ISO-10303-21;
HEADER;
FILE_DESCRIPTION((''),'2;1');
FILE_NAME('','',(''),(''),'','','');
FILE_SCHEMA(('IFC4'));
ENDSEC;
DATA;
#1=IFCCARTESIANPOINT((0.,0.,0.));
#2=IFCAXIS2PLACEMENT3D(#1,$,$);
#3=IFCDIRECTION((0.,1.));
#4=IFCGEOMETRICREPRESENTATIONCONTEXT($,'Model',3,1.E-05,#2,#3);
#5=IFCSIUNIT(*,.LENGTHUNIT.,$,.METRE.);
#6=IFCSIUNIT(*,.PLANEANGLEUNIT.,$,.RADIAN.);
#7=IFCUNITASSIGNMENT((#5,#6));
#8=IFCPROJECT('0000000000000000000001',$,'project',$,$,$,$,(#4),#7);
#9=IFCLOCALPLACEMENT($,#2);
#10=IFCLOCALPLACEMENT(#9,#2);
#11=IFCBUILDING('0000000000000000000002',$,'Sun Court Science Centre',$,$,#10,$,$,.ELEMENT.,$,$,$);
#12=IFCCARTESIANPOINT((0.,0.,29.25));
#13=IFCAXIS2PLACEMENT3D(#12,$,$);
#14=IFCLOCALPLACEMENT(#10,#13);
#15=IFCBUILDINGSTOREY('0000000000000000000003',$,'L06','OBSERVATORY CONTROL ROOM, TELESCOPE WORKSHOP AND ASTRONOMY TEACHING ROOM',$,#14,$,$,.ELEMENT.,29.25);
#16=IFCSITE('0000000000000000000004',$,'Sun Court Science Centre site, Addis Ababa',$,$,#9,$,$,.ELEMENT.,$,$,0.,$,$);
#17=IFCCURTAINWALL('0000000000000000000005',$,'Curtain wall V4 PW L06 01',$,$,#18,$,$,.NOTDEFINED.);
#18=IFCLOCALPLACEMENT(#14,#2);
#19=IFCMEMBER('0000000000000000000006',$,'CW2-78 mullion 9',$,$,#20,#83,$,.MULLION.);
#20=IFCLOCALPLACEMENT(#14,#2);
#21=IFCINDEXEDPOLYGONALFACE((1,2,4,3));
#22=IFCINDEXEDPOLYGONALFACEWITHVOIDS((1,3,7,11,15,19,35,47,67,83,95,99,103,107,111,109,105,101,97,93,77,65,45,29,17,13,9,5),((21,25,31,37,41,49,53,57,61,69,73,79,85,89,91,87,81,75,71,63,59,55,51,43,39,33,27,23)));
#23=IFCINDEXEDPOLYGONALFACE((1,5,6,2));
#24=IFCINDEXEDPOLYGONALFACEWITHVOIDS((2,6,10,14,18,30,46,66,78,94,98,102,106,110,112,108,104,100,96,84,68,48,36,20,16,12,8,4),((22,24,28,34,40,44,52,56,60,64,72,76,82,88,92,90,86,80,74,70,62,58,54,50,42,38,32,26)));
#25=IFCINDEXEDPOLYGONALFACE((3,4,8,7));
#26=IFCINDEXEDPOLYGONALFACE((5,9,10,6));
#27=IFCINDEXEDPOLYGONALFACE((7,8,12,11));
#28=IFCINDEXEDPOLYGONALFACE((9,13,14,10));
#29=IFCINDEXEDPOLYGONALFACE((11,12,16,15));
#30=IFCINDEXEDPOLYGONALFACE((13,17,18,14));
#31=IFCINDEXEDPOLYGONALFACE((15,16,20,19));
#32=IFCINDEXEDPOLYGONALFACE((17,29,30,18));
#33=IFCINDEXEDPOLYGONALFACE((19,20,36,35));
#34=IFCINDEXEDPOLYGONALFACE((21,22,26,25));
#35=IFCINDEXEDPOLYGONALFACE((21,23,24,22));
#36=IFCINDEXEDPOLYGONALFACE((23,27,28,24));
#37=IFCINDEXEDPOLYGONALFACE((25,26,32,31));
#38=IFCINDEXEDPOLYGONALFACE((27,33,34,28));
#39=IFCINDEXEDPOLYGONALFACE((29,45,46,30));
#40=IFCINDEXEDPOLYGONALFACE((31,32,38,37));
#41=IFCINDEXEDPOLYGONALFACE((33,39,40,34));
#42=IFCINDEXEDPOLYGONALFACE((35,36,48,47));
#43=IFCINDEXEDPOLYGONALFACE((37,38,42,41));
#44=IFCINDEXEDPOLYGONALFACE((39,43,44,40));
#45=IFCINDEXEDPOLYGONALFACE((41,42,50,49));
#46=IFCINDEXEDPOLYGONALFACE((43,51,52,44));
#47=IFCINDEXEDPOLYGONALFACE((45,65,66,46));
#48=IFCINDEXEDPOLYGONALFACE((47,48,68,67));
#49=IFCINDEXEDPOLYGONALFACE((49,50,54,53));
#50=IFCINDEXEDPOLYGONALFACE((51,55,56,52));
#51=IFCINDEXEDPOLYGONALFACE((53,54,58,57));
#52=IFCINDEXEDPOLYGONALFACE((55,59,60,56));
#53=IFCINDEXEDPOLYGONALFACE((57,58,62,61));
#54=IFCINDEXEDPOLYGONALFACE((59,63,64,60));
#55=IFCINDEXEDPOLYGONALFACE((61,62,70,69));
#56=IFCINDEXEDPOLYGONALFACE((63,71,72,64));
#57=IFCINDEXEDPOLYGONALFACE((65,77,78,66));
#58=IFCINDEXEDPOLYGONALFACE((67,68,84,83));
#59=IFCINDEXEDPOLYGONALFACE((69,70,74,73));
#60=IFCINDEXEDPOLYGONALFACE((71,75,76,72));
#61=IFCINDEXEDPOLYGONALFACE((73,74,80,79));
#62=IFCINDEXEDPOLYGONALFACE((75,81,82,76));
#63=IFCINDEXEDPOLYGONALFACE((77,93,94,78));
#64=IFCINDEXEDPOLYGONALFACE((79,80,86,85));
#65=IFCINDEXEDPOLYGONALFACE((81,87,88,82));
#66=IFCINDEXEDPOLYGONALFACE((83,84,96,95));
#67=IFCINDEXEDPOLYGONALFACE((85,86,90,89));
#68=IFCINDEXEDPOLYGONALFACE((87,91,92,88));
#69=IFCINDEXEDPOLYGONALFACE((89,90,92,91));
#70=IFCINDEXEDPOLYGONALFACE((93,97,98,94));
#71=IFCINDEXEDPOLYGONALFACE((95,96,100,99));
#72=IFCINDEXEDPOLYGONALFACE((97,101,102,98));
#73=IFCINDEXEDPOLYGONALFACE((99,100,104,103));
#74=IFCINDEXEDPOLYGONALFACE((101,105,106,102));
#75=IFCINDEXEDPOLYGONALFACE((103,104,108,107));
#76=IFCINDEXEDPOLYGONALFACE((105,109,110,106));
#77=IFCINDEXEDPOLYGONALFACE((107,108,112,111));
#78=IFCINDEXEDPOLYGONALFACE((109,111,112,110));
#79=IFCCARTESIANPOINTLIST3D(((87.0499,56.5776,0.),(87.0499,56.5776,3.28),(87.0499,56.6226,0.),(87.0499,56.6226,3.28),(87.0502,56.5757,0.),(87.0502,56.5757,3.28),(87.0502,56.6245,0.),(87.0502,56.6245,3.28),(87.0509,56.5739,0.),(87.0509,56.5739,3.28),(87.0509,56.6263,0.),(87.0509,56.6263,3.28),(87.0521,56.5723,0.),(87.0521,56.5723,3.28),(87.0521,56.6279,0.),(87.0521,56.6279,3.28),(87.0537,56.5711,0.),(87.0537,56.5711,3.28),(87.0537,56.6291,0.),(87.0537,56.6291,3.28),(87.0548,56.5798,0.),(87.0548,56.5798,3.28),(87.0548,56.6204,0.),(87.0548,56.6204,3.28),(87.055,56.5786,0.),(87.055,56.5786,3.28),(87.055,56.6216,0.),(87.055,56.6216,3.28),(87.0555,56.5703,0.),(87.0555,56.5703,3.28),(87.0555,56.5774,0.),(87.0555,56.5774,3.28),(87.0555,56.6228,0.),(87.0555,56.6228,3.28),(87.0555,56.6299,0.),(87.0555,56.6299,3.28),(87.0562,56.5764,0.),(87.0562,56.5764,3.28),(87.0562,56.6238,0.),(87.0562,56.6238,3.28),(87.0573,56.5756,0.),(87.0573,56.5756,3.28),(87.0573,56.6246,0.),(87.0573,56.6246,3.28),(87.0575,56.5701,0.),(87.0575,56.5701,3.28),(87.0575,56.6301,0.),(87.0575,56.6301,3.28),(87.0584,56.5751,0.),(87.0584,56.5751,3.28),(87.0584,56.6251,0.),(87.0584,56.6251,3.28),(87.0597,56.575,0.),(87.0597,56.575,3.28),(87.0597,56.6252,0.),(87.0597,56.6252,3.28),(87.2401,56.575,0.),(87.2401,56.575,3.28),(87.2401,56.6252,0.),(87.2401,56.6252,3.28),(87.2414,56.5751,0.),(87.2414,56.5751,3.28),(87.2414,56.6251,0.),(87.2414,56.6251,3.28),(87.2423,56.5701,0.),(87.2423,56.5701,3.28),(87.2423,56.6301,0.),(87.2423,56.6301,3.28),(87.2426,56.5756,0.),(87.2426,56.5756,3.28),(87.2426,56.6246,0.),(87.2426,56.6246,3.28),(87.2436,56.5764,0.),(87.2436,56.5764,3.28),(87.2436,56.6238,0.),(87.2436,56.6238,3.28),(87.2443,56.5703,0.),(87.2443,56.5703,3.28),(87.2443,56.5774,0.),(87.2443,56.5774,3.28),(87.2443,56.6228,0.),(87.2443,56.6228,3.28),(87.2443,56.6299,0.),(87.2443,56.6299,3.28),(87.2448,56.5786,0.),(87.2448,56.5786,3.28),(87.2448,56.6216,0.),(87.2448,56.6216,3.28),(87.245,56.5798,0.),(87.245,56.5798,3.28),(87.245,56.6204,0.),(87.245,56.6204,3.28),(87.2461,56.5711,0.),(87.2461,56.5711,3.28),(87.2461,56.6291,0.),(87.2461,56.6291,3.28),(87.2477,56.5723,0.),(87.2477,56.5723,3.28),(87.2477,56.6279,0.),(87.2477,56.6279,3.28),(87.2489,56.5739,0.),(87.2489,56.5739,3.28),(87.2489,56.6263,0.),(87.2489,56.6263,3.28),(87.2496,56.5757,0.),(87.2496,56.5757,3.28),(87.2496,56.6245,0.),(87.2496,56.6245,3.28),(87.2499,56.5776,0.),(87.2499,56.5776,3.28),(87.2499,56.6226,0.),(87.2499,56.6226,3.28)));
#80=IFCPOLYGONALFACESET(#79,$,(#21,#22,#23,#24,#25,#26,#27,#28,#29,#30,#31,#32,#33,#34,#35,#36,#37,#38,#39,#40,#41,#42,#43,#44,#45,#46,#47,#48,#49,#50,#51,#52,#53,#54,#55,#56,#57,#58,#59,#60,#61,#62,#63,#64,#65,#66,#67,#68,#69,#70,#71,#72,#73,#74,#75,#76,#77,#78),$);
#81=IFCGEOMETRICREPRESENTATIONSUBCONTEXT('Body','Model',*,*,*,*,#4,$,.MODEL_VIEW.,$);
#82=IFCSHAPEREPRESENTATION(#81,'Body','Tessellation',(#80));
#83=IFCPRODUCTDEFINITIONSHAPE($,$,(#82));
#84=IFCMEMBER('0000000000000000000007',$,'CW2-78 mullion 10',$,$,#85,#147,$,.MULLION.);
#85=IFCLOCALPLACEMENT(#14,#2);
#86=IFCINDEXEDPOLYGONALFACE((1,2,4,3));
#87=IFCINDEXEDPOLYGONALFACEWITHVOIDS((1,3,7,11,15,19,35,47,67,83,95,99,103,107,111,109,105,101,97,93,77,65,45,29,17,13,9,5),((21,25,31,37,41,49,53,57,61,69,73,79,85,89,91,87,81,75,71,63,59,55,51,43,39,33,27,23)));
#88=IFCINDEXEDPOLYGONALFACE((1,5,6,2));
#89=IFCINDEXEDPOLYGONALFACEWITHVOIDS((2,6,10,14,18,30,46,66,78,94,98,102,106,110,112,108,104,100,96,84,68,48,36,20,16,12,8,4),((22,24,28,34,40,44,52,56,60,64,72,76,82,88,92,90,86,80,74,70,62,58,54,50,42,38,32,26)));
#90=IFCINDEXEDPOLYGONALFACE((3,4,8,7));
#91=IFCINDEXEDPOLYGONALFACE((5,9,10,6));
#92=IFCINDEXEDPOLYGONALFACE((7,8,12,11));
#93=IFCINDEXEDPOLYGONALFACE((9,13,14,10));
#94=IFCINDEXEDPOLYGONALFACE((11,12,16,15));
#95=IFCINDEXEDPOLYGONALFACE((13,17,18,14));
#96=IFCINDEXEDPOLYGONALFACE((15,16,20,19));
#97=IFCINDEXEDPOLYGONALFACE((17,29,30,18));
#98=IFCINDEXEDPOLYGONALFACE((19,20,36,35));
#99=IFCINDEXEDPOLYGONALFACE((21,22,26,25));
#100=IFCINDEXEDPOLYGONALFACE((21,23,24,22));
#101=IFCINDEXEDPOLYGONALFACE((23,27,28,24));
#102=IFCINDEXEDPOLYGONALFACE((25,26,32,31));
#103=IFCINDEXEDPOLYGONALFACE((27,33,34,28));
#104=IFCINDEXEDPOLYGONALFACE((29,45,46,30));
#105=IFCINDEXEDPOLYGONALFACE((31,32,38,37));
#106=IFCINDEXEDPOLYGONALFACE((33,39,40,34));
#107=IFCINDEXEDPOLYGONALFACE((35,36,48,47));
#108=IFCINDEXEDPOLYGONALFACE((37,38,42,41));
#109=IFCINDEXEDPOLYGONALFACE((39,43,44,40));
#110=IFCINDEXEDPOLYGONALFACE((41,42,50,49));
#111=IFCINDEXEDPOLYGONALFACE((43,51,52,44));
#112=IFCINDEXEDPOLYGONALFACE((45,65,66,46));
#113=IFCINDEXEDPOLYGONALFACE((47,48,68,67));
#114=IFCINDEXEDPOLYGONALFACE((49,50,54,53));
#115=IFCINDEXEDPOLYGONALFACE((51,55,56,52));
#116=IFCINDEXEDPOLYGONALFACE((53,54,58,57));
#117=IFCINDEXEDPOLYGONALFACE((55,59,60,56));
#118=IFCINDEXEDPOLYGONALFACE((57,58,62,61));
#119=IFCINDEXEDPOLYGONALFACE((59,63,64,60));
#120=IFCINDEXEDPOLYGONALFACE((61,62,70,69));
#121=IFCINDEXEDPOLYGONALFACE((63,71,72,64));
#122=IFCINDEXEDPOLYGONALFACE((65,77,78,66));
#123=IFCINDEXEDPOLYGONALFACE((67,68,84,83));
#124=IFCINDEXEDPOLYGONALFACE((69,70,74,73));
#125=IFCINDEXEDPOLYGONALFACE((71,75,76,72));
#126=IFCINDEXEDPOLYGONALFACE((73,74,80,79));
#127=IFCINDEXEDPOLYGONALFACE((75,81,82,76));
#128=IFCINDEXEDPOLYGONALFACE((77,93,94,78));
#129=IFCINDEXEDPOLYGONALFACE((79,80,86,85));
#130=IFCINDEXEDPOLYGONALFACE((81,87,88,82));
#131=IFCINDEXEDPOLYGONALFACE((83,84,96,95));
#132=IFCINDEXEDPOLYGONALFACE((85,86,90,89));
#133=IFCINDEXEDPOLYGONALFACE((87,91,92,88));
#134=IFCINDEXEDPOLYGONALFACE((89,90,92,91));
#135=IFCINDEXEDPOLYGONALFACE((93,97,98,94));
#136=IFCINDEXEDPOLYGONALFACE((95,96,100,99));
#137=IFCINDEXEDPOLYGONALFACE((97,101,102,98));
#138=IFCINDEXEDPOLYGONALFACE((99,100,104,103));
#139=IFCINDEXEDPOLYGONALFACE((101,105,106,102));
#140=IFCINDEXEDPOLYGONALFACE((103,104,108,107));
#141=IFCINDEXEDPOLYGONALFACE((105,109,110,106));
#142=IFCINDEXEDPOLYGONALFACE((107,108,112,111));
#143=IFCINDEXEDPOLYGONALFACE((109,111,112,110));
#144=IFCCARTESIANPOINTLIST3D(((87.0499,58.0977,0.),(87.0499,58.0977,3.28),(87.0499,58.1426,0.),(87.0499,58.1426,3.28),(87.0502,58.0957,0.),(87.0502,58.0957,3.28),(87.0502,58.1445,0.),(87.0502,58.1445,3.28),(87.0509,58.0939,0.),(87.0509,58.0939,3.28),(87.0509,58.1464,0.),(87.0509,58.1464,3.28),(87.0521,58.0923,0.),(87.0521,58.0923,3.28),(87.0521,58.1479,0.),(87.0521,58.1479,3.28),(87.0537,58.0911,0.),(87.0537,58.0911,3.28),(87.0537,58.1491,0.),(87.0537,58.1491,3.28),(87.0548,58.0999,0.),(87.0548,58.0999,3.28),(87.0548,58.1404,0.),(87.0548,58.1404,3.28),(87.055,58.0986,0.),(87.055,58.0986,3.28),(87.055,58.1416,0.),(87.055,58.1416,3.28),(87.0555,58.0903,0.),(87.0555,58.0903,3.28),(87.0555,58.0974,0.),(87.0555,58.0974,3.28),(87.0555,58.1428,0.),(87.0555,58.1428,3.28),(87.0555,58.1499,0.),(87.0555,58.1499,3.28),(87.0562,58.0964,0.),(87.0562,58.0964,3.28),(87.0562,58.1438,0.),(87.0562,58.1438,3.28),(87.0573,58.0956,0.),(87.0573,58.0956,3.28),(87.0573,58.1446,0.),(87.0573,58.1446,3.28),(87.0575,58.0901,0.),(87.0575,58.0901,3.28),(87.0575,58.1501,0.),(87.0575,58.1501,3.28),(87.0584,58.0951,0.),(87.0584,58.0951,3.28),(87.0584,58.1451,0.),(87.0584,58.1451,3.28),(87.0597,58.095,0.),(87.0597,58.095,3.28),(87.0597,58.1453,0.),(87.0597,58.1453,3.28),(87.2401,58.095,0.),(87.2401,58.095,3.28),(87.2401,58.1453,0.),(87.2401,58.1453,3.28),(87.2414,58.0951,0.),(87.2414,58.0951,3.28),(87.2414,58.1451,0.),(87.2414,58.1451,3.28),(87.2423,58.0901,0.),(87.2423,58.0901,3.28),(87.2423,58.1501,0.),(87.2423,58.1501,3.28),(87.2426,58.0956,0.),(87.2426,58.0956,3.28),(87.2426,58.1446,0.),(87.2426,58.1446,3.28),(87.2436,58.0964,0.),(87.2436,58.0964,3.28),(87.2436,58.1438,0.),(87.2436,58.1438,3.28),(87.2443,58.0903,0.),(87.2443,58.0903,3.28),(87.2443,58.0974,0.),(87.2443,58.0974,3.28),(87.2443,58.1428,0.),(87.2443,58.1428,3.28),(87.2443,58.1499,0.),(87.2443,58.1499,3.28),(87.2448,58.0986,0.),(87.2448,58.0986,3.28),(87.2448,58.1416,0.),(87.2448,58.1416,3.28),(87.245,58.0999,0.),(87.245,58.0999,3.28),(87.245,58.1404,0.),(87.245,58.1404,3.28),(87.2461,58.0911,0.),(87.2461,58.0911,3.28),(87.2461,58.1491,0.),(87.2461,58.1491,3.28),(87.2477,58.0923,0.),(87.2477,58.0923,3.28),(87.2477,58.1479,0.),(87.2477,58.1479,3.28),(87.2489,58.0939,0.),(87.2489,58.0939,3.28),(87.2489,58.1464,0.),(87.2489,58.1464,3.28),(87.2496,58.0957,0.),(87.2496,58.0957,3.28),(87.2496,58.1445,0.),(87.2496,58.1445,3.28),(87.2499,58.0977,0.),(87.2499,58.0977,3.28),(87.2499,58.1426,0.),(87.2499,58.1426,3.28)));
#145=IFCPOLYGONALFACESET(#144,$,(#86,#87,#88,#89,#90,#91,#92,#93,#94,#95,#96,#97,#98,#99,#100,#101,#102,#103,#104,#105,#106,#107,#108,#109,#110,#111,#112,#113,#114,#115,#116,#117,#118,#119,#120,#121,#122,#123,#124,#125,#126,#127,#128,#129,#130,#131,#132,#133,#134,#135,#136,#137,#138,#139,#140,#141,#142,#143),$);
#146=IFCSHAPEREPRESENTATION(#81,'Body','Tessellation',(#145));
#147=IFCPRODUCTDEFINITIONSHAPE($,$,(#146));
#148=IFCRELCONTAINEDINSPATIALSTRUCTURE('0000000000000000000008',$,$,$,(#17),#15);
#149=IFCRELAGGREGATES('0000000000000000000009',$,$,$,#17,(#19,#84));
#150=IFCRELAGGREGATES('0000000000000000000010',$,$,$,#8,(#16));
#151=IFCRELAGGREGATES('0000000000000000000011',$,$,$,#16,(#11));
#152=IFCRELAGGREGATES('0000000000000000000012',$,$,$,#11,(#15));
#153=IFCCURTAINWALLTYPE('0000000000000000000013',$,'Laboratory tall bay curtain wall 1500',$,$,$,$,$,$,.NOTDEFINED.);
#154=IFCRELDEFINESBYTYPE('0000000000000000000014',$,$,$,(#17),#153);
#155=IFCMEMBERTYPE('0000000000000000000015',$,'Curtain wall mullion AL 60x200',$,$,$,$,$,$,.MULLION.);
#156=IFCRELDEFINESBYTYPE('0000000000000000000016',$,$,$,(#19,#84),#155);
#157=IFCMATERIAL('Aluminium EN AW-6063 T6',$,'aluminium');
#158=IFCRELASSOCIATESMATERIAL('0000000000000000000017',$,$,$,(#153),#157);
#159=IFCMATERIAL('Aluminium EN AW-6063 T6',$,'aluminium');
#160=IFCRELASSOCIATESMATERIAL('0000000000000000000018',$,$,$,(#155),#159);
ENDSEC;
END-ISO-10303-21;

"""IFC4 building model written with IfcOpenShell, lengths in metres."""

from ifc_helpers import new_model, si_unit, direction, frame, origin, origin_2d, place, context, subcontext, project, spatial, hollow_rectangle, extrude, material, material_profile, profile_set, type_object, element, aggregate, save


model = new_model("IFC4")

# Units and contexts
model_context = context("Model", 3, precision=1e-05, world=origin(), true_north=direction((0.0, 1.0)))
body_context = subcontext(model_context, "Body", "Model", "MODEL_VIEW")
ifc_project = project(units=[si_unit("LENGTHUNIT", "METRE"), si_unit("PLANEANGLEUNIT", "RADIAN")], contexts=[model_context])

# Site, building, storey
site_placement = place(None, origin())
site = spatial("IfcSite", under=ifc_project, at=site_placement, Name="Sun Court Science Centre site, Addis Ababa", CompositionType="ELEMENT", RefElevation=0.0)
building_placement = place(site_placement, origin())
building = spatial("IfcBuilding", under=site, at=building_placement, Name="Sun Court Science Centre", CompositionType="ELEMENT")
storey_placement = place(building_placement, frame((0.0, 0.0, 29.25)))
storey = spatial("IfcBuildingStorey", under=building, at=storey_placement, Name="L06", Description="OBSERVATORY CONTROL ROOM, TELESCOPE WORKSHOP AND ASTRONOMY TEACHING ROOM", CompositionType="ELEMENT", Elevation=29.25)

# Curtain wall, members
ifc_material_1 = material(Name="Aluminium EN AW-6063 T6", Category="aluminium")
curtain_wall_type = type_object("IfcCurtainWallType", Name="Laboratory tall bay curtain wall 1500", PredefinedType="NOTDEFINED", material=ifc_material_1)
curtain_wall_placement = place(storey_placement, origin())
curtain_wall = element("IfcCurtainWall", 1, at=curtain_wall_placement, inside=storey, type_object=curtain_wall_type, Name="Curtain wall V4 PW L06 01", PredefinedType="NOTDEFINED")
ifc_material_2 = material(Name="Aluminium EN AW-6063 T6", Category="aluminium")
ifc_material_profile_1 = material_profile(ifc_material_2, hollow_rectangle(XDim=0.0601, YDim=0.2, WallThickness=0.0049, InnerFilletRadius=0.0049, OuterFilletRadius=0.0076, at=origin_2d()), Name="AL 60x200x5")
ifc_profile_set_1 = profile_set([ifc_material_profile_1], Name="Aluminium EN AW-6063 T6")
member_type_1 = type_object("IfcMemberType", Name="Curtain wall mullion AL 60x200", PredefinedType="MULLION", material=ifc_profile_set_1)
member_1_placement = place(storey_placement, frame((87.1499, 56.6001, 0.0), z_axis=(0.0, 0.0, 1.0), x_axis=(0.0, 1.0, 0.0)))
member_1 = element("IfcMember", 2, at=member_1_placement, type_object=member_type_1, Name="CW2-78 mullion 9", PredefinedType="MULLION", context=body_context, shape_type="SweptSolid", body=[
    extrude(hollow_rectangle(XDim=0.0601, YDim=0.2, WallThickness=0.0049, InnerFilletRadius=0.0049, OuterFilletRadius=0.0076, at=origin_2d()), origin(), (0.0, 0.0, 1.0), 3.28),
])
member_2_placement = place(storey_placement, frame((87.1499, 58.1201, 0.0), z_axis=(0.0, 0.0, 1.0), x_axis=(0.0, 1.0, 0.0)))
member_2 = element("IfcMember", 3, at=member_2_placement, type_object=member_type_1, Name="CW2-78 mullion 10", PredefinedType="MULLION", context=body_context, shape_type="SweptSolid", body=[
    extrude(hollow_rectangle(XDim=0.0601, YDim=0.2, WallThickness=0.0049, InnerFilletRadius=0.0049, OuterFilletRadius=0.0076, at=origin_2d()), origin(), (0.0, 0.0, 1.0), 3.28),
])

aggregate(curtain_wall, [member_1, member_2])

save(model, "model.ifc")
